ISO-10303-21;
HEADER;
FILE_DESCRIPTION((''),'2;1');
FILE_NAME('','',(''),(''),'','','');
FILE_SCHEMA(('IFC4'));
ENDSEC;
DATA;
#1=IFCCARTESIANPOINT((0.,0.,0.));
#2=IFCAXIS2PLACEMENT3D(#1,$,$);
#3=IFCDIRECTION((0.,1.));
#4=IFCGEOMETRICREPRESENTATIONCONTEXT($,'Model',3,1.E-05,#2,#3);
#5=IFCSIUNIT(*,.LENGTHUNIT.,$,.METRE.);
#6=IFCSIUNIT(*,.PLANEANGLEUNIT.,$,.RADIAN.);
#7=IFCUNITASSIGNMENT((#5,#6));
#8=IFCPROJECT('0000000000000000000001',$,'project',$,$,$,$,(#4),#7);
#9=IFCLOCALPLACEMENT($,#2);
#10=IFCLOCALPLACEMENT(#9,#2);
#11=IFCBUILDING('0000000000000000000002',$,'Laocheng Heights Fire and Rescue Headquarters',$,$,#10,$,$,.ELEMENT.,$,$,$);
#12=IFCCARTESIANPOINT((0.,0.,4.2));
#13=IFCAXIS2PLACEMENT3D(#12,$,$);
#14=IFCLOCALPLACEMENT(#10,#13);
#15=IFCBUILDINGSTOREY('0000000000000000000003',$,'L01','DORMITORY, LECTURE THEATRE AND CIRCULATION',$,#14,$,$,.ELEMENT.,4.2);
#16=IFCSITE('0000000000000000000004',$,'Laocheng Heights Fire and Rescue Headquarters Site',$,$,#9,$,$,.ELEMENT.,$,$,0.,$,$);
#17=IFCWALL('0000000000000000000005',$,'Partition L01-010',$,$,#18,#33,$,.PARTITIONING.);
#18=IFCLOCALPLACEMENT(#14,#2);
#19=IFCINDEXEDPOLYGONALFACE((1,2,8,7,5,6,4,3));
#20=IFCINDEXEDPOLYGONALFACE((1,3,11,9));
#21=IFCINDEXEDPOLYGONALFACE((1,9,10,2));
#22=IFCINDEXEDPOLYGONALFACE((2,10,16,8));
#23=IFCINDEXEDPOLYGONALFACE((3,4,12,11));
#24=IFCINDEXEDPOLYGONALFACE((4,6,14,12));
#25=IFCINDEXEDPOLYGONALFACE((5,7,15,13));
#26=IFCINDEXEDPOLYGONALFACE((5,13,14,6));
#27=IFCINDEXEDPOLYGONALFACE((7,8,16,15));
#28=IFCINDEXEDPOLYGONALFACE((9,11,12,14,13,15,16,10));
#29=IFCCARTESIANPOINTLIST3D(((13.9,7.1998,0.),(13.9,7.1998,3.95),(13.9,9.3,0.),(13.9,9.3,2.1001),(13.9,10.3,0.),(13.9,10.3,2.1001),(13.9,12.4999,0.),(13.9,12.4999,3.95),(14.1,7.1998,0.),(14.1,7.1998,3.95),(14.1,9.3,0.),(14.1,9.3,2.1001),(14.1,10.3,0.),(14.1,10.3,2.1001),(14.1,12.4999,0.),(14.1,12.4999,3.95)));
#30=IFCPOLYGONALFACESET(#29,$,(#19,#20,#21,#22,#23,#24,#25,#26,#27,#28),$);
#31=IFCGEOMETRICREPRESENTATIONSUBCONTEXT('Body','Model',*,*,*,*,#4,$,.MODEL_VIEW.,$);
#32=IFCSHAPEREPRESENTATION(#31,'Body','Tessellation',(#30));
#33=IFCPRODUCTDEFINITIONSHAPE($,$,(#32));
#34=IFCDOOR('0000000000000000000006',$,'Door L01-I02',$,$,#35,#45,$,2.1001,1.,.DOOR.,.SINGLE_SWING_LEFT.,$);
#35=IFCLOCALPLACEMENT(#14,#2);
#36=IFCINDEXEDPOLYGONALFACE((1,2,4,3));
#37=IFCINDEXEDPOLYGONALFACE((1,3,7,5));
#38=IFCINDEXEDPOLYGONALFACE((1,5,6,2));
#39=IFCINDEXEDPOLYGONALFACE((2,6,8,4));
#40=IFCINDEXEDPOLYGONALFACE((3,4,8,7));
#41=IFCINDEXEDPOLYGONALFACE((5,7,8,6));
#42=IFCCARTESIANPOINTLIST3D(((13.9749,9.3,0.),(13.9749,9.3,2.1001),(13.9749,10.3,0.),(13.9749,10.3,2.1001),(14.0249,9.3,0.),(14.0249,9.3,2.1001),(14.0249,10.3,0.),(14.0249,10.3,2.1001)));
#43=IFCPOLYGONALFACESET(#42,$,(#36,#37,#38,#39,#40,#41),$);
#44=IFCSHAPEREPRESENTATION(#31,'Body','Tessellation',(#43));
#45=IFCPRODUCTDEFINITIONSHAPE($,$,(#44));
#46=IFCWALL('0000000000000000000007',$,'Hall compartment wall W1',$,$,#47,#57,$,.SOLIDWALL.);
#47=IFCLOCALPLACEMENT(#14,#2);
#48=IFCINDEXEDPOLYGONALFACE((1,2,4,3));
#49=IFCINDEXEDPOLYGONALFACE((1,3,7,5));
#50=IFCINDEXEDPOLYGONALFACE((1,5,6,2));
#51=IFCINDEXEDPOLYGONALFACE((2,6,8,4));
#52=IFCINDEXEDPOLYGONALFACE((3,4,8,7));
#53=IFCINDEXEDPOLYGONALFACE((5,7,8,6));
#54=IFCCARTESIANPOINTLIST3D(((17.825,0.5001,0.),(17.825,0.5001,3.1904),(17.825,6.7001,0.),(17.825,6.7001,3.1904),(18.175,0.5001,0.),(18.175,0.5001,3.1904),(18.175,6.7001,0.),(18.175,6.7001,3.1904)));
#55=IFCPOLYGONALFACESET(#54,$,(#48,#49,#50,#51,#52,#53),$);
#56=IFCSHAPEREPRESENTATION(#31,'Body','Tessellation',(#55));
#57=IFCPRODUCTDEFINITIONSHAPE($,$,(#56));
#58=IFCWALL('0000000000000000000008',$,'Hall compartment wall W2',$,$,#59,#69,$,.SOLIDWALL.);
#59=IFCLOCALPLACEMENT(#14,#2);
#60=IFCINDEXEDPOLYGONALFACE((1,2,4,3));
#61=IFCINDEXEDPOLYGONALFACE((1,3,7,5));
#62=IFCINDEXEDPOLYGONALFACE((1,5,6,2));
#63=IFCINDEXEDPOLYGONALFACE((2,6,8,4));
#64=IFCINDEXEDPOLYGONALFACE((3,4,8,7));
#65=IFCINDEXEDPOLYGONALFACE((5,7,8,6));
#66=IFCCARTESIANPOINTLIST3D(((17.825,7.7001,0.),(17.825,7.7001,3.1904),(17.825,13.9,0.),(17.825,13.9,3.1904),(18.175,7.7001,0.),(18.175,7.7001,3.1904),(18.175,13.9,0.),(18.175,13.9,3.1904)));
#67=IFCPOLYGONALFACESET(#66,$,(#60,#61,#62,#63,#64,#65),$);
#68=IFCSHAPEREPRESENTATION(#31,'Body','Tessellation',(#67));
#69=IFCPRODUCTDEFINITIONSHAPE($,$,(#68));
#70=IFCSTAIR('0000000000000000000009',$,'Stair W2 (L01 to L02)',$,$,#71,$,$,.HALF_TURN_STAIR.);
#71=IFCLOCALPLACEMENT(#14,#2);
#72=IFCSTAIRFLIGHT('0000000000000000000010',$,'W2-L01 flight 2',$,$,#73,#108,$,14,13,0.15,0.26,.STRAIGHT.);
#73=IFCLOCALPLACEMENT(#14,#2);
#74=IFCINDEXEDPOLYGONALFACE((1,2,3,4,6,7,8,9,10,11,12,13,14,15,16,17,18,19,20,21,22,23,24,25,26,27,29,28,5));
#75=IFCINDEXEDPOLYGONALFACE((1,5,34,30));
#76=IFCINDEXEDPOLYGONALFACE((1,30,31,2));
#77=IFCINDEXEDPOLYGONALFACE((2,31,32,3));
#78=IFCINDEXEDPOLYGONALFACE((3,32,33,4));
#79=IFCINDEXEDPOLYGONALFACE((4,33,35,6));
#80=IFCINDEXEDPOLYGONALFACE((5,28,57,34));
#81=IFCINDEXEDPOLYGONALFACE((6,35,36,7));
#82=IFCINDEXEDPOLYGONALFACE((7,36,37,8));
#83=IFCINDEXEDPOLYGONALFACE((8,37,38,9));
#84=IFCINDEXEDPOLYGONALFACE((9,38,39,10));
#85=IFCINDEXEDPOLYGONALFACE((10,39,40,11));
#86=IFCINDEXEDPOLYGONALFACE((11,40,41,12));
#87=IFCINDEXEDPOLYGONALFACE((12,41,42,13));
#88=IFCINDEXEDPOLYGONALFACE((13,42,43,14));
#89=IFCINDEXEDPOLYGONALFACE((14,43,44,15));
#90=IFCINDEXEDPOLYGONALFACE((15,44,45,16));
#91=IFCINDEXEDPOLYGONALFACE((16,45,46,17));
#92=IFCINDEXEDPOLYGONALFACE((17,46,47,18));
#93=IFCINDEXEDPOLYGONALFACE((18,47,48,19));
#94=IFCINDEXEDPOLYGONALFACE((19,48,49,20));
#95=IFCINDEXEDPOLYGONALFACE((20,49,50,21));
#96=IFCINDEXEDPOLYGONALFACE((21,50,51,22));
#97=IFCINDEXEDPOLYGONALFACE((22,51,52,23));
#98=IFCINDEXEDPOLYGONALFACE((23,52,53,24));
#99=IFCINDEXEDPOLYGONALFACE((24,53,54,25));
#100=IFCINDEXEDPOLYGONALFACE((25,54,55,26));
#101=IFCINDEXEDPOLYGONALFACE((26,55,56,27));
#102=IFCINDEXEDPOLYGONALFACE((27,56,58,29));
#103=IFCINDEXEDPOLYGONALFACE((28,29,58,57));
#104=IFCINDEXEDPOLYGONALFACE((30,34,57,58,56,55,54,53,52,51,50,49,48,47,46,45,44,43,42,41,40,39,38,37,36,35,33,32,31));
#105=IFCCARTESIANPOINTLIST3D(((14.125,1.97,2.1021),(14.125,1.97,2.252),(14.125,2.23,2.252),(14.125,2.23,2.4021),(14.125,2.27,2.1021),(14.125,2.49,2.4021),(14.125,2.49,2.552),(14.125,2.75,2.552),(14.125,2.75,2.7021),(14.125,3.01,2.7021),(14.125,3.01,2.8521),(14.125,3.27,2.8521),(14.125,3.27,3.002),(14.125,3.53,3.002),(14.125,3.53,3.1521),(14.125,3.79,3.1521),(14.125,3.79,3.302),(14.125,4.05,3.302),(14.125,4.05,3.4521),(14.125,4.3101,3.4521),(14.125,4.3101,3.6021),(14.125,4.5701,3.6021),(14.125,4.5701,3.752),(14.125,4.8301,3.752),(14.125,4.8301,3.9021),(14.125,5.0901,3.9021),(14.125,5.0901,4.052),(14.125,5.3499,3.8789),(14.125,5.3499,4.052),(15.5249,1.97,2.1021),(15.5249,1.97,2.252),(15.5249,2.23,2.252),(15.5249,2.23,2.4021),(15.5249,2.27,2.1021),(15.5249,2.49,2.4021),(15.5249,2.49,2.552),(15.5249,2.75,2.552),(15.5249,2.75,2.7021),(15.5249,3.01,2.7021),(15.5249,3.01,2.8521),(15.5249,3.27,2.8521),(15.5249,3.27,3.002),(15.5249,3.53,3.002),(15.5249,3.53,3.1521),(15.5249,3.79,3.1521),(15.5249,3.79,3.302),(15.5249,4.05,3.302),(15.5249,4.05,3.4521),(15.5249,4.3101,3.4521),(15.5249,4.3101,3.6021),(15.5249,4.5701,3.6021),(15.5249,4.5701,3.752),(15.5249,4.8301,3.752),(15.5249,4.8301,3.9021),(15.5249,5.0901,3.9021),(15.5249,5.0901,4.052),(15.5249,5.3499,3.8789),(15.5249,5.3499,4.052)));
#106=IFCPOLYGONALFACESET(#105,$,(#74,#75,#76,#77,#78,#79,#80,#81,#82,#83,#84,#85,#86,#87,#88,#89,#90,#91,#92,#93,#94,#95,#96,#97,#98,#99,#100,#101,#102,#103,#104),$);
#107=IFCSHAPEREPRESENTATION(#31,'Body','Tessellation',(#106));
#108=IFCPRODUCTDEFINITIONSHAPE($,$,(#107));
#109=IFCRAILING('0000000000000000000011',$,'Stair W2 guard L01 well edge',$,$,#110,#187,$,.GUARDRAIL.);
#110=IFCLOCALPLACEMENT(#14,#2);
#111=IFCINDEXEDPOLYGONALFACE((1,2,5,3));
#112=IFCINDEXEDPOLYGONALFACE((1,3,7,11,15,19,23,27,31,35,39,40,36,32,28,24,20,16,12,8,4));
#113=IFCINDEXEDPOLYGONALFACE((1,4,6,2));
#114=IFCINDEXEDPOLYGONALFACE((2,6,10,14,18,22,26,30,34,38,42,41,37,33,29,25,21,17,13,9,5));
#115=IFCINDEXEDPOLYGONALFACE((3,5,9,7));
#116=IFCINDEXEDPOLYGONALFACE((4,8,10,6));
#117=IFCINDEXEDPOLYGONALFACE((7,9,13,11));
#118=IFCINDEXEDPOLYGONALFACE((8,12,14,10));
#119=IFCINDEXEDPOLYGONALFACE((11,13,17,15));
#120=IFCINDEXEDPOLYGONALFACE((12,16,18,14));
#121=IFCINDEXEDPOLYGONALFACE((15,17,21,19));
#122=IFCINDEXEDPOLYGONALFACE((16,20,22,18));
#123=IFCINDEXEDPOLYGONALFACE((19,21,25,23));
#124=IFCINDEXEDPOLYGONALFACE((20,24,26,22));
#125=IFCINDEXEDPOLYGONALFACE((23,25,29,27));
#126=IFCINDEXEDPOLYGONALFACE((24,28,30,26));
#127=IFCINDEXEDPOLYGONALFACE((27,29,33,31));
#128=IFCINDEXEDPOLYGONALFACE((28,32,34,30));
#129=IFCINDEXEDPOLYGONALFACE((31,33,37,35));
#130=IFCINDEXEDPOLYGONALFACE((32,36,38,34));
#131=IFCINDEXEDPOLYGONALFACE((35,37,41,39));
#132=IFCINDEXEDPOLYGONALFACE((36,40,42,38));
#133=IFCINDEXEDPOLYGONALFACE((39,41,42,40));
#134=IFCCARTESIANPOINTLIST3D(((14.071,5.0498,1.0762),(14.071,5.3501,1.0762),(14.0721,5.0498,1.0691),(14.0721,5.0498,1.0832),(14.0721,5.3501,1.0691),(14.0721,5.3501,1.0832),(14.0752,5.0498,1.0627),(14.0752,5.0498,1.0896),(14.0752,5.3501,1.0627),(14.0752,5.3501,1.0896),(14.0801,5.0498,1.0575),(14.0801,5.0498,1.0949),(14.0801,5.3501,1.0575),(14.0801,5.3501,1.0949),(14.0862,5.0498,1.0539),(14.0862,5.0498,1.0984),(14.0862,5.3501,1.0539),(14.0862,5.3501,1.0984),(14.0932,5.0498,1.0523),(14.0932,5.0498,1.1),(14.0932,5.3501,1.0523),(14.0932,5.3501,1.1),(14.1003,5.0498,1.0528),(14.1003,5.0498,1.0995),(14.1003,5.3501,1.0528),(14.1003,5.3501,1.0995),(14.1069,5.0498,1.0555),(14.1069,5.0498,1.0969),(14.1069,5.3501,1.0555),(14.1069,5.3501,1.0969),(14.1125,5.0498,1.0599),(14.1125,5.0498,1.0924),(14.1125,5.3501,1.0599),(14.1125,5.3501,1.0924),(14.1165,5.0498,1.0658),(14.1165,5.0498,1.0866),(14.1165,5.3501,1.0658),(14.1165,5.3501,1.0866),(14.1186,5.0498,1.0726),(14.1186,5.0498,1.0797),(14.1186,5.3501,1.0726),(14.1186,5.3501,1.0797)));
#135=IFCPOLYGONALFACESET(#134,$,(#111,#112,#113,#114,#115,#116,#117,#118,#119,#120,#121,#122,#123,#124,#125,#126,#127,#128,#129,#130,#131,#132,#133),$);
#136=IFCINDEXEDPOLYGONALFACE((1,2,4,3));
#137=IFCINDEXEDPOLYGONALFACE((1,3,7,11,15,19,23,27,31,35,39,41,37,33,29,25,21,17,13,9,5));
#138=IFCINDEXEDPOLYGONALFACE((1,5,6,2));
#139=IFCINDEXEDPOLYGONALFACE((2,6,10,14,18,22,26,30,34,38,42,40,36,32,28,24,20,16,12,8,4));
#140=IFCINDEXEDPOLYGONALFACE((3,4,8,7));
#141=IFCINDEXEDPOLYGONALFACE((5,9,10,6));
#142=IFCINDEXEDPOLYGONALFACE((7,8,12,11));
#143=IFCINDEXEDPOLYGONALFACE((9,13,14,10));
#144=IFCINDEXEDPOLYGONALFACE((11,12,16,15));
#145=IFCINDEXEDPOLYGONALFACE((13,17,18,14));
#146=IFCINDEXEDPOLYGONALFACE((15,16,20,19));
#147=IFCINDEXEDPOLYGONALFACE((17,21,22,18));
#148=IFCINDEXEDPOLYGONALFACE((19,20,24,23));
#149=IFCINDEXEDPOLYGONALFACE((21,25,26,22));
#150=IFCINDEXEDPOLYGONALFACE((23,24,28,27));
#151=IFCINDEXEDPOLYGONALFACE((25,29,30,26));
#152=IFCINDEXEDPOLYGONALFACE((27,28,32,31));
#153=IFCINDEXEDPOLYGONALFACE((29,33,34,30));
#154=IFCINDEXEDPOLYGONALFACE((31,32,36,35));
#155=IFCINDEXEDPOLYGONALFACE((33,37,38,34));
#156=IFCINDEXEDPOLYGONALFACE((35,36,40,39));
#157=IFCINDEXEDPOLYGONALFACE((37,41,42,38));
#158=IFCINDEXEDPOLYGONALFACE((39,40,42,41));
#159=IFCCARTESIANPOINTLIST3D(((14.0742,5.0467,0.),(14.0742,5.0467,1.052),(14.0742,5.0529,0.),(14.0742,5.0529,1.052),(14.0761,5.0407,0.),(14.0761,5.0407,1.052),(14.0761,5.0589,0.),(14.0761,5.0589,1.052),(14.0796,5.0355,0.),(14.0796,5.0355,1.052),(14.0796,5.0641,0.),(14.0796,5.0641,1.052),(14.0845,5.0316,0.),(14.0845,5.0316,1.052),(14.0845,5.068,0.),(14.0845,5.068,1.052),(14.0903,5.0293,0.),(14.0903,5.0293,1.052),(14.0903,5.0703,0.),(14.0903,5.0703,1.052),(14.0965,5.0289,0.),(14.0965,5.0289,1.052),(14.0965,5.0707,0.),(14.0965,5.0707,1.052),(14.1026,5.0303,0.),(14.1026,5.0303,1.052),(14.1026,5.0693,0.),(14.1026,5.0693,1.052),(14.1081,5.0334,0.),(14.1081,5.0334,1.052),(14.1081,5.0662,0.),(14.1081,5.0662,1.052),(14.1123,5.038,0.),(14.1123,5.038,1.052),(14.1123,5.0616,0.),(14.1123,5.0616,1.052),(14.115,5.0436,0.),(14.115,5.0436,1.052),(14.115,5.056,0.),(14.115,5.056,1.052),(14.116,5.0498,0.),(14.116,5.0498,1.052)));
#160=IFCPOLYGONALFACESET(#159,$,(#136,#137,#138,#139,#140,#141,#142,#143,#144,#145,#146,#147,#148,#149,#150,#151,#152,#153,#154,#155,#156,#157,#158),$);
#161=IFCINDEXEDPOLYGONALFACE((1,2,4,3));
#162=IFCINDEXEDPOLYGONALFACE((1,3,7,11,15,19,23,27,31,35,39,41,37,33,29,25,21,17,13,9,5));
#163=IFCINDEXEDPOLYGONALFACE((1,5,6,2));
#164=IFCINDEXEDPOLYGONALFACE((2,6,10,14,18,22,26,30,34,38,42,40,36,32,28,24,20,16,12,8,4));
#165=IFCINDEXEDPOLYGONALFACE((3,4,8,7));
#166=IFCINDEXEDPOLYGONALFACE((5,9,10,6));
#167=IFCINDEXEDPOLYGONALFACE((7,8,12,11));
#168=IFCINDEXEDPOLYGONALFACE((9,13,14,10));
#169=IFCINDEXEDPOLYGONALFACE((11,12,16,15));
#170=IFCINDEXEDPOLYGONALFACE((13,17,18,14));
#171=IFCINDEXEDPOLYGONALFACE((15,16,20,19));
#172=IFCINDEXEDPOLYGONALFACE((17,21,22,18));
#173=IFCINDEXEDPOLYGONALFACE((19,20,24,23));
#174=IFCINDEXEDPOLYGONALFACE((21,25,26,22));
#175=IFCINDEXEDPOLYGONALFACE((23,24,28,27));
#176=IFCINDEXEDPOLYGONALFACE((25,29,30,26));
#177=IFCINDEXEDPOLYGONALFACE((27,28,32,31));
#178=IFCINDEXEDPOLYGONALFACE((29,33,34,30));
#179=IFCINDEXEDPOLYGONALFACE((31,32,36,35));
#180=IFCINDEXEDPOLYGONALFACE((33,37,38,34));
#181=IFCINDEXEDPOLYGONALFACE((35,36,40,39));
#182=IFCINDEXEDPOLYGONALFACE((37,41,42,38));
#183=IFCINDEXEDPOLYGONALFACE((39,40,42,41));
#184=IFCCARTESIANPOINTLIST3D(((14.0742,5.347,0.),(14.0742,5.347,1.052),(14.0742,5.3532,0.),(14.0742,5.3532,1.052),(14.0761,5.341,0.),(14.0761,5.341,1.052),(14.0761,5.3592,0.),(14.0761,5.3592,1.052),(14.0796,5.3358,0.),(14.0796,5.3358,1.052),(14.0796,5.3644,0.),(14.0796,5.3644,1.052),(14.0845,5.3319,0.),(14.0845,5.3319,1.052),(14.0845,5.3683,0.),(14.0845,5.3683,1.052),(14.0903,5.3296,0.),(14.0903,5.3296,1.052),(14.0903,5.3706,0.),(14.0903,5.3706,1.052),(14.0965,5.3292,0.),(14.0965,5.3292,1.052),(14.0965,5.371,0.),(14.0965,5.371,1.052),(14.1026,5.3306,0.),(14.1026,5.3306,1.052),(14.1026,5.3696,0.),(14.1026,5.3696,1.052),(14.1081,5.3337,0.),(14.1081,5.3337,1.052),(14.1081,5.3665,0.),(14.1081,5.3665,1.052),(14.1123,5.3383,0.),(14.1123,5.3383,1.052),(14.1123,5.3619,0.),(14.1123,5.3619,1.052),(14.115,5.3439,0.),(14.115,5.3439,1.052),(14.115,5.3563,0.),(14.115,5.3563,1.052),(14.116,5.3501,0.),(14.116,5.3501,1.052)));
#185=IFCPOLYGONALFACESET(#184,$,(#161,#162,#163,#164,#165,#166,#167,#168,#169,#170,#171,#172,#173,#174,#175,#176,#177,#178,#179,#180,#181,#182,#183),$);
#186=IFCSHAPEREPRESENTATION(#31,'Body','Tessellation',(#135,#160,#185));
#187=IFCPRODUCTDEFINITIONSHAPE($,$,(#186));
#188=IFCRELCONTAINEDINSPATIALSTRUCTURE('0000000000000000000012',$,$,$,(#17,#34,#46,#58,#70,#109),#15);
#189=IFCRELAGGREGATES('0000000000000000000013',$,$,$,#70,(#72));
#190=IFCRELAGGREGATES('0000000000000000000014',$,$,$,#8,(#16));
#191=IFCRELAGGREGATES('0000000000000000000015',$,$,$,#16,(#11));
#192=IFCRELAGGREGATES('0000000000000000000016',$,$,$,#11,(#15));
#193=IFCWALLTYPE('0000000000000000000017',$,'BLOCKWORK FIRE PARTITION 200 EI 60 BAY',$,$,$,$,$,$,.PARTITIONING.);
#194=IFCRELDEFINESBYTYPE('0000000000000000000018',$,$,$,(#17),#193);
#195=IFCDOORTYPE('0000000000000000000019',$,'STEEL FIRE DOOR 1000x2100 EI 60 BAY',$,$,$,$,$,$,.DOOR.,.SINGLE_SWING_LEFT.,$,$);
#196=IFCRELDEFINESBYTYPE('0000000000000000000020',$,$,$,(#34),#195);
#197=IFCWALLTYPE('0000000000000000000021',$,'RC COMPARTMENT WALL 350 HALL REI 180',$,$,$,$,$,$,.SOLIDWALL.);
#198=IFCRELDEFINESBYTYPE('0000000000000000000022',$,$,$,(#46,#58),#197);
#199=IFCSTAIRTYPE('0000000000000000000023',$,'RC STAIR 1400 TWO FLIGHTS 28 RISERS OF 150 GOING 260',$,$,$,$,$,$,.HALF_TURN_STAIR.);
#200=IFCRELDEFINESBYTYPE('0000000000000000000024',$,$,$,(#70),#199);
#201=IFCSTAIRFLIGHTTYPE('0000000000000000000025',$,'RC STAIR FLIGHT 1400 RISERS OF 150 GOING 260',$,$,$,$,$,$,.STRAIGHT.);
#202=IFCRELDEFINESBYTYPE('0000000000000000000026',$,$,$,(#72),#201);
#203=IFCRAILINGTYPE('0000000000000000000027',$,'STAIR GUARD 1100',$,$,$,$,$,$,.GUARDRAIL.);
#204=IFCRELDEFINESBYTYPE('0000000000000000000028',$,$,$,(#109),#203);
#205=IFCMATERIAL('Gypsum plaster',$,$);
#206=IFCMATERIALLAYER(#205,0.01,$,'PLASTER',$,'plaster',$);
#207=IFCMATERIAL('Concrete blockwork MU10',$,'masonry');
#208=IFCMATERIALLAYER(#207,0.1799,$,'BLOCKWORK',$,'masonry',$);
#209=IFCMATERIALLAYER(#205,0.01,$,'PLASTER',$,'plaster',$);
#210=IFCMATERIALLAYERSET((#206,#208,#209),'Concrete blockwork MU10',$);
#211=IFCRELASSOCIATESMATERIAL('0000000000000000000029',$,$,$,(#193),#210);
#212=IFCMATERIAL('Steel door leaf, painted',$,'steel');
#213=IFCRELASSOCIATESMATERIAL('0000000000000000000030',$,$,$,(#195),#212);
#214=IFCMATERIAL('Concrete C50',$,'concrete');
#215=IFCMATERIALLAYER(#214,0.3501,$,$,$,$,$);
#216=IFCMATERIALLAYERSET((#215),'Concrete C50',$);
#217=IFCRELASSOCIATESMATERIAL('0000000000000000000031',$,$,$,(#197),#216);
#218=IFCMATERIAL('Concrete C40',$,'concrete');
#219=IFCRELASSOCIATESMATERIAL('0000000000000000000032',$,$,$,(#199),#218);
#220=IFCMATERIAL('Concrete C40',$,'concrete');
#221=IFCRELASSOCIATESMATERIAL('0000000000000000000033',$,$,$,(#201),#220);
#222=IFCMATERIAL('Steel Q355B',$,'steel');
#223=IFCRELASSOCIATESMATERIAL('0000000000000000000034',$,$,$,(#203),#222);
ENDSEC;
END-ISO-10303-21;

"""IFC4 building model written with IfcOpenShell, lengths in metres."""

from ifc_helpers import new_model, si_unit, direction, frame, frame_2d, origin, origin_2d, place, context, subcontext, project, spatial, polyline, rectangle, circle, outline, extrude, material, layer, layer_set, type_object, element, fill, aggregate, save


model = new_model("IFC4")

# Units and contexts
model_context = context("Model", 3, precision=1e-05, world=origin(), true_north=direction((0.0, 1.0)))
body_context = subcontext(model_context, "Body", "Model", "MODEL_VIEW")
ifc_project = project(units=[si_unit("LENGTHUNIT", "METRE"), si_unit("PLANEANGLEUNIT", "RADIAN")], contexts=[model_context])

# Site, building, storey
site_placement = place(None, origin())
site = spatial("IfcSite", under=ifc_project, at=site_placement, Name="Laocheng Heights Fire and Rescue Headquarters Site", CompositionType="ELEMENT", RefElevation=0.0)
building_placement = place(site_placement, origin())
building = spatial("IfcBuilding", under=site, at=building_placement, Name="Laocheng Heights Fire and Rescue Headquarters", CompositionType="ELEMENT")
storey_placement = place(building_placement, frame((0.0, 0.0, 4.2)))
storey = spatial("IfcBuildingStorey", under=building, at=storey_placement, Name="L01", Description="DORMITORY, LECTURE THEATRE AND CIRCULATION", CompositionType="ELEMENT", Elevation=4.2)

# Wall, opening, door
ifc_material_1 = material(Name="Gypsum plaster")
ifc_layer_1 = layer(ifc_material_1, 0.01, Name="PLASTER", Category="plaster")
ifc_material_2 = material(Name="Concrete blockwork MU10", Category="masonry")
ifc_layer_2 = layer(ifc_material_2, 0.1799, Name="BLOCKWORK", Category="masonry")
ifc_layer_3 = layer(ifc_material_1, 0.01, Name="PLASTER", Category="plaster")
ifc_layer_set_1 = layer_set([ifc_layer_1, ifc_layer_2, ifc_layer_3], Name="Concrete blockwork MU10")
wall_type_1 = type_object("IfcWallType", Name="BLOCKWORK FIRE PARTITION 200 EI 60 BAY", PredefinedType="PARTITIONING", material=ifc_layer_set_1)
wall_placement = place(storey_placement, frame((14.0, 7.2, 0.0), z_axis=(0.0, 0.0, 1.0), x_axis=(0.0, 1.0, 0.0)))
wall = element("IfcWall", 1, at=wall_placement, inside=storey, type_object=wall_type_1, Name="Partition L01-010", PredefinedType="PARTITIONING", context=body_context, shape_type="SweptSolid", body=[
    extrude(rectangle(XDim=5.3, YDim=0.2, at=frame_2d((2.6499, 0.0))), origin(), (0.0, 0.0, 1.0), 3.95),
])
opening_placement = place(wall_placement, frame((2.1001, 0.0, 0.0)))
opening = element("IfcOpeningElement", 2, at=opening_placement, cuts=wall, PredefinedType="OPENING", context=body_context, shape_type="SweptSolid", body=[
    extrude(rectangle(XDim=1.0, YDim=2.1001, at=frame_2d((0.5, 1.05))), frame((0.0, 0.1099, 0.0), z_axis=(0.0, -1.0, 0.0), x_axis=(1.0, 0.0, 0.0)), (0.0, 0.0, 1.0), 0.22),
])
ifc_material_3 = material(Name="Steel door leaf, painted", Category="steel")
door_type = type_object("IfcDoorType", Name="STEEL FIRE DOOR 1000x2100 EI 60 BAY", OperationType="SINGLE_SWING_LEFT", PredefinedType="DOOR", material=ifc_material_3)
door_placement = place(opening_placement, frame((1.0, 0.0, 0.0), z_axis=(0.0, 0.0, 1.0), x_axis=(-1.0, 0.0, 0.0)))
door = element("IfcDoor", 3, at=door_placement, inside=storey, type_object=door_type, Name="Door L01-I02", OperationType="SINGLE_SWING_LEFT", OverallHeight=2.1001, OverallWidth=1.0, PredefinedType="DOOR", context=body_context, shape_type="SweptSolid", body=[
    extrude(rectangle(XDim=1.0, YDim=2.1001, at=frame_2d((0.5, 1.05))), frame((0.0, 0.0249, 0.0), z_axis=(0.0, -1.0, 0.0), x_axis=(1.0, 0.0, 0.0)), (0.0, 0.0, 1.0), 0.05),
])
fill(opening, door)

# Walls
ifc_material_4 = material(Name="Concrete C50", Category="concrete")
ifc_layer_4 = layer(ifc_material_4, 0.3501)
ifc_layer_set_2 = layer_set([ifc_layer_4], Name="Concrete C50")
wall_type_2 = type_object("IfcWallType", Name="RC COMPARTMENT WALL 350 HALL REI 180", PredefinedType="SOLIDWALL", material=ifc_layer_set_2)
for number, where, z_axis, x_axis, name in (
    (4, (18.0, 0.5, 0.0), (0.0, 0.0, 1.0), (0.0, 1.0, 0.0), "Hall compartment wall W1"),
    (5, (18.0, 7.7, 0.0), (0.0, 0.0, 1.0), (0.0, 1.0, 0.0), "Hall compartment wall W2"),
):
    element("IfcWall", number, at=place(storey_placement, frame(where, z_axis=z_axis, x_axis=x_axis)), inside=storey, type_object=wall_type_2, Name=name, PredefinedType="SOLIDWALL", context=body_context, shape_type="SweptSolid", body=[
        extrude(rectangle(XDim=6.2, YDim=0.3501, at=frame_2d((3.1001, 0.0))), origin(), (0.0, 0.0, 1.0), 3.1904),
    ])

# Stair, stair flight
ifc_material_5 = material(Name="Concrete C40", Category="concrete")
stair_type = type_object("IfcStairType", Name="RC STAIR 1400 TWO FLIGHTS 28 RISERS OF 150 GOING 260", PredefinedType="HALF_TURN_STAIR", material=ifc_material_5)
stair_placement = place(storey_placement, origin())
stair = element("IfcStair", 6, at=stair_placement, inside=storey, type_object=stair_type, Name="Stair W2 (L01 to L02)", PredefinedType="HALF_TURN_STAIR")
ifc_material_6 = material(Name="Concrete C40", Category="concrete")
stair_flight_type = type_object("IfcStairFlightType", Name="RC STAIR FLIGHT 1400 RISERS OF 150 GOING 260", PredefinedType="STRAIGHT", material=ifc_material_6)
stair_flight_placement = place(storey_placement, frame((14.825, 1.97, 2.1021), z_axis=(0.0, 0.0, 1.0), x_axis=(0.0, 1.0, 0.0)))
stair_flight = element("IfcStairFlight", 7, at=stair_flight_placement, type_object=stair_flight_type, Name="W2-L01 flight 2", NumberOfRisers=14, NumberOfTreads=13, PredefinedType="STRAIGHT", RiserHeight=0.15, TreadLength=0.26, context=body_context, shape_type="SweptSolid", body=[
    extrude(outline(polyline([(0.0, 0.0), (0.0, 0.1499), (0.26, 0.1499), (0.26, 0.3), (0.52, 0.3), (0.52, 0.45), (0.78, 0.45), (0.78, 0.6001), (1.04, 0.6001), (1.04, 0.75), (1.3, 0.75), (1.3, 0.8999), (1.5601, 0.8999), (1.5601, 1.05), (1.8201, 1.05), (1.8201, 1.2), (2.0801, 1.2), (2.0801, 1.3501), (2.3401, 1.3501), (2.3401, 1.5), (2.6001, 1.5), (2.6001, 1.6499), (2.8601, 1.6499), (2.8601, 1.8), (3.1201, 1.8), (3.1201, 1.95), (3.3799, 1.95), (3.3799, 2.1001), (3.3799, 1.7769), (0.3, 0.0), (0.0, 0.0)])), frame((0.0, 0.7, 0.0), z_axis=(0.0, -1.0, 0.0), x_axis=(1.0, 0.0, 0.0)), (0.0, 0.0, 1.0), 1.3999),
])
aggregate(stair, [stair_flight])

# Railing
ifc_material_7 = material(Name="Steel Q355B", Category="steel")
railing_type_1 = type_object("IfcRailingType", Name="STAIR GUARD 1100", PredefinedType="GUARDRAIL", material=ifc_material_7)
railing_1_placement = place(storey_placement, frame((14.095, 5.0498, 0.0)))
element("IfcRailing", 8, at=railing_1_placement, inside=storey, type_object=railing_type_1, Name="Stair W2 guard L01 well edge", PredefinedType="GUARDRAIL", context=body_context, shape_type="SweptSolid", body=[
    extrude(circle(Radius=0.0239, at=origin_2d()), frame((0.0, 0.0, 1.0762), z_axis=(0.0, 1.0, 0.0), x_axis=(-1.0, 0.0, 0.0)), (0.0, 0.0, 1.0), 0.3003),
    extrude(circle(Radius=0.021, at=origin_2d()), origin(), (0.0, 0.0, 1.0), 1.052),
    extrude(circle(Radius=0.021, at=origin_2d()), frame((0.0, 0.3003, 0.0)), (0.0, 0.0, 1.0), 1.052),
])

save(model, "model.ifc")
